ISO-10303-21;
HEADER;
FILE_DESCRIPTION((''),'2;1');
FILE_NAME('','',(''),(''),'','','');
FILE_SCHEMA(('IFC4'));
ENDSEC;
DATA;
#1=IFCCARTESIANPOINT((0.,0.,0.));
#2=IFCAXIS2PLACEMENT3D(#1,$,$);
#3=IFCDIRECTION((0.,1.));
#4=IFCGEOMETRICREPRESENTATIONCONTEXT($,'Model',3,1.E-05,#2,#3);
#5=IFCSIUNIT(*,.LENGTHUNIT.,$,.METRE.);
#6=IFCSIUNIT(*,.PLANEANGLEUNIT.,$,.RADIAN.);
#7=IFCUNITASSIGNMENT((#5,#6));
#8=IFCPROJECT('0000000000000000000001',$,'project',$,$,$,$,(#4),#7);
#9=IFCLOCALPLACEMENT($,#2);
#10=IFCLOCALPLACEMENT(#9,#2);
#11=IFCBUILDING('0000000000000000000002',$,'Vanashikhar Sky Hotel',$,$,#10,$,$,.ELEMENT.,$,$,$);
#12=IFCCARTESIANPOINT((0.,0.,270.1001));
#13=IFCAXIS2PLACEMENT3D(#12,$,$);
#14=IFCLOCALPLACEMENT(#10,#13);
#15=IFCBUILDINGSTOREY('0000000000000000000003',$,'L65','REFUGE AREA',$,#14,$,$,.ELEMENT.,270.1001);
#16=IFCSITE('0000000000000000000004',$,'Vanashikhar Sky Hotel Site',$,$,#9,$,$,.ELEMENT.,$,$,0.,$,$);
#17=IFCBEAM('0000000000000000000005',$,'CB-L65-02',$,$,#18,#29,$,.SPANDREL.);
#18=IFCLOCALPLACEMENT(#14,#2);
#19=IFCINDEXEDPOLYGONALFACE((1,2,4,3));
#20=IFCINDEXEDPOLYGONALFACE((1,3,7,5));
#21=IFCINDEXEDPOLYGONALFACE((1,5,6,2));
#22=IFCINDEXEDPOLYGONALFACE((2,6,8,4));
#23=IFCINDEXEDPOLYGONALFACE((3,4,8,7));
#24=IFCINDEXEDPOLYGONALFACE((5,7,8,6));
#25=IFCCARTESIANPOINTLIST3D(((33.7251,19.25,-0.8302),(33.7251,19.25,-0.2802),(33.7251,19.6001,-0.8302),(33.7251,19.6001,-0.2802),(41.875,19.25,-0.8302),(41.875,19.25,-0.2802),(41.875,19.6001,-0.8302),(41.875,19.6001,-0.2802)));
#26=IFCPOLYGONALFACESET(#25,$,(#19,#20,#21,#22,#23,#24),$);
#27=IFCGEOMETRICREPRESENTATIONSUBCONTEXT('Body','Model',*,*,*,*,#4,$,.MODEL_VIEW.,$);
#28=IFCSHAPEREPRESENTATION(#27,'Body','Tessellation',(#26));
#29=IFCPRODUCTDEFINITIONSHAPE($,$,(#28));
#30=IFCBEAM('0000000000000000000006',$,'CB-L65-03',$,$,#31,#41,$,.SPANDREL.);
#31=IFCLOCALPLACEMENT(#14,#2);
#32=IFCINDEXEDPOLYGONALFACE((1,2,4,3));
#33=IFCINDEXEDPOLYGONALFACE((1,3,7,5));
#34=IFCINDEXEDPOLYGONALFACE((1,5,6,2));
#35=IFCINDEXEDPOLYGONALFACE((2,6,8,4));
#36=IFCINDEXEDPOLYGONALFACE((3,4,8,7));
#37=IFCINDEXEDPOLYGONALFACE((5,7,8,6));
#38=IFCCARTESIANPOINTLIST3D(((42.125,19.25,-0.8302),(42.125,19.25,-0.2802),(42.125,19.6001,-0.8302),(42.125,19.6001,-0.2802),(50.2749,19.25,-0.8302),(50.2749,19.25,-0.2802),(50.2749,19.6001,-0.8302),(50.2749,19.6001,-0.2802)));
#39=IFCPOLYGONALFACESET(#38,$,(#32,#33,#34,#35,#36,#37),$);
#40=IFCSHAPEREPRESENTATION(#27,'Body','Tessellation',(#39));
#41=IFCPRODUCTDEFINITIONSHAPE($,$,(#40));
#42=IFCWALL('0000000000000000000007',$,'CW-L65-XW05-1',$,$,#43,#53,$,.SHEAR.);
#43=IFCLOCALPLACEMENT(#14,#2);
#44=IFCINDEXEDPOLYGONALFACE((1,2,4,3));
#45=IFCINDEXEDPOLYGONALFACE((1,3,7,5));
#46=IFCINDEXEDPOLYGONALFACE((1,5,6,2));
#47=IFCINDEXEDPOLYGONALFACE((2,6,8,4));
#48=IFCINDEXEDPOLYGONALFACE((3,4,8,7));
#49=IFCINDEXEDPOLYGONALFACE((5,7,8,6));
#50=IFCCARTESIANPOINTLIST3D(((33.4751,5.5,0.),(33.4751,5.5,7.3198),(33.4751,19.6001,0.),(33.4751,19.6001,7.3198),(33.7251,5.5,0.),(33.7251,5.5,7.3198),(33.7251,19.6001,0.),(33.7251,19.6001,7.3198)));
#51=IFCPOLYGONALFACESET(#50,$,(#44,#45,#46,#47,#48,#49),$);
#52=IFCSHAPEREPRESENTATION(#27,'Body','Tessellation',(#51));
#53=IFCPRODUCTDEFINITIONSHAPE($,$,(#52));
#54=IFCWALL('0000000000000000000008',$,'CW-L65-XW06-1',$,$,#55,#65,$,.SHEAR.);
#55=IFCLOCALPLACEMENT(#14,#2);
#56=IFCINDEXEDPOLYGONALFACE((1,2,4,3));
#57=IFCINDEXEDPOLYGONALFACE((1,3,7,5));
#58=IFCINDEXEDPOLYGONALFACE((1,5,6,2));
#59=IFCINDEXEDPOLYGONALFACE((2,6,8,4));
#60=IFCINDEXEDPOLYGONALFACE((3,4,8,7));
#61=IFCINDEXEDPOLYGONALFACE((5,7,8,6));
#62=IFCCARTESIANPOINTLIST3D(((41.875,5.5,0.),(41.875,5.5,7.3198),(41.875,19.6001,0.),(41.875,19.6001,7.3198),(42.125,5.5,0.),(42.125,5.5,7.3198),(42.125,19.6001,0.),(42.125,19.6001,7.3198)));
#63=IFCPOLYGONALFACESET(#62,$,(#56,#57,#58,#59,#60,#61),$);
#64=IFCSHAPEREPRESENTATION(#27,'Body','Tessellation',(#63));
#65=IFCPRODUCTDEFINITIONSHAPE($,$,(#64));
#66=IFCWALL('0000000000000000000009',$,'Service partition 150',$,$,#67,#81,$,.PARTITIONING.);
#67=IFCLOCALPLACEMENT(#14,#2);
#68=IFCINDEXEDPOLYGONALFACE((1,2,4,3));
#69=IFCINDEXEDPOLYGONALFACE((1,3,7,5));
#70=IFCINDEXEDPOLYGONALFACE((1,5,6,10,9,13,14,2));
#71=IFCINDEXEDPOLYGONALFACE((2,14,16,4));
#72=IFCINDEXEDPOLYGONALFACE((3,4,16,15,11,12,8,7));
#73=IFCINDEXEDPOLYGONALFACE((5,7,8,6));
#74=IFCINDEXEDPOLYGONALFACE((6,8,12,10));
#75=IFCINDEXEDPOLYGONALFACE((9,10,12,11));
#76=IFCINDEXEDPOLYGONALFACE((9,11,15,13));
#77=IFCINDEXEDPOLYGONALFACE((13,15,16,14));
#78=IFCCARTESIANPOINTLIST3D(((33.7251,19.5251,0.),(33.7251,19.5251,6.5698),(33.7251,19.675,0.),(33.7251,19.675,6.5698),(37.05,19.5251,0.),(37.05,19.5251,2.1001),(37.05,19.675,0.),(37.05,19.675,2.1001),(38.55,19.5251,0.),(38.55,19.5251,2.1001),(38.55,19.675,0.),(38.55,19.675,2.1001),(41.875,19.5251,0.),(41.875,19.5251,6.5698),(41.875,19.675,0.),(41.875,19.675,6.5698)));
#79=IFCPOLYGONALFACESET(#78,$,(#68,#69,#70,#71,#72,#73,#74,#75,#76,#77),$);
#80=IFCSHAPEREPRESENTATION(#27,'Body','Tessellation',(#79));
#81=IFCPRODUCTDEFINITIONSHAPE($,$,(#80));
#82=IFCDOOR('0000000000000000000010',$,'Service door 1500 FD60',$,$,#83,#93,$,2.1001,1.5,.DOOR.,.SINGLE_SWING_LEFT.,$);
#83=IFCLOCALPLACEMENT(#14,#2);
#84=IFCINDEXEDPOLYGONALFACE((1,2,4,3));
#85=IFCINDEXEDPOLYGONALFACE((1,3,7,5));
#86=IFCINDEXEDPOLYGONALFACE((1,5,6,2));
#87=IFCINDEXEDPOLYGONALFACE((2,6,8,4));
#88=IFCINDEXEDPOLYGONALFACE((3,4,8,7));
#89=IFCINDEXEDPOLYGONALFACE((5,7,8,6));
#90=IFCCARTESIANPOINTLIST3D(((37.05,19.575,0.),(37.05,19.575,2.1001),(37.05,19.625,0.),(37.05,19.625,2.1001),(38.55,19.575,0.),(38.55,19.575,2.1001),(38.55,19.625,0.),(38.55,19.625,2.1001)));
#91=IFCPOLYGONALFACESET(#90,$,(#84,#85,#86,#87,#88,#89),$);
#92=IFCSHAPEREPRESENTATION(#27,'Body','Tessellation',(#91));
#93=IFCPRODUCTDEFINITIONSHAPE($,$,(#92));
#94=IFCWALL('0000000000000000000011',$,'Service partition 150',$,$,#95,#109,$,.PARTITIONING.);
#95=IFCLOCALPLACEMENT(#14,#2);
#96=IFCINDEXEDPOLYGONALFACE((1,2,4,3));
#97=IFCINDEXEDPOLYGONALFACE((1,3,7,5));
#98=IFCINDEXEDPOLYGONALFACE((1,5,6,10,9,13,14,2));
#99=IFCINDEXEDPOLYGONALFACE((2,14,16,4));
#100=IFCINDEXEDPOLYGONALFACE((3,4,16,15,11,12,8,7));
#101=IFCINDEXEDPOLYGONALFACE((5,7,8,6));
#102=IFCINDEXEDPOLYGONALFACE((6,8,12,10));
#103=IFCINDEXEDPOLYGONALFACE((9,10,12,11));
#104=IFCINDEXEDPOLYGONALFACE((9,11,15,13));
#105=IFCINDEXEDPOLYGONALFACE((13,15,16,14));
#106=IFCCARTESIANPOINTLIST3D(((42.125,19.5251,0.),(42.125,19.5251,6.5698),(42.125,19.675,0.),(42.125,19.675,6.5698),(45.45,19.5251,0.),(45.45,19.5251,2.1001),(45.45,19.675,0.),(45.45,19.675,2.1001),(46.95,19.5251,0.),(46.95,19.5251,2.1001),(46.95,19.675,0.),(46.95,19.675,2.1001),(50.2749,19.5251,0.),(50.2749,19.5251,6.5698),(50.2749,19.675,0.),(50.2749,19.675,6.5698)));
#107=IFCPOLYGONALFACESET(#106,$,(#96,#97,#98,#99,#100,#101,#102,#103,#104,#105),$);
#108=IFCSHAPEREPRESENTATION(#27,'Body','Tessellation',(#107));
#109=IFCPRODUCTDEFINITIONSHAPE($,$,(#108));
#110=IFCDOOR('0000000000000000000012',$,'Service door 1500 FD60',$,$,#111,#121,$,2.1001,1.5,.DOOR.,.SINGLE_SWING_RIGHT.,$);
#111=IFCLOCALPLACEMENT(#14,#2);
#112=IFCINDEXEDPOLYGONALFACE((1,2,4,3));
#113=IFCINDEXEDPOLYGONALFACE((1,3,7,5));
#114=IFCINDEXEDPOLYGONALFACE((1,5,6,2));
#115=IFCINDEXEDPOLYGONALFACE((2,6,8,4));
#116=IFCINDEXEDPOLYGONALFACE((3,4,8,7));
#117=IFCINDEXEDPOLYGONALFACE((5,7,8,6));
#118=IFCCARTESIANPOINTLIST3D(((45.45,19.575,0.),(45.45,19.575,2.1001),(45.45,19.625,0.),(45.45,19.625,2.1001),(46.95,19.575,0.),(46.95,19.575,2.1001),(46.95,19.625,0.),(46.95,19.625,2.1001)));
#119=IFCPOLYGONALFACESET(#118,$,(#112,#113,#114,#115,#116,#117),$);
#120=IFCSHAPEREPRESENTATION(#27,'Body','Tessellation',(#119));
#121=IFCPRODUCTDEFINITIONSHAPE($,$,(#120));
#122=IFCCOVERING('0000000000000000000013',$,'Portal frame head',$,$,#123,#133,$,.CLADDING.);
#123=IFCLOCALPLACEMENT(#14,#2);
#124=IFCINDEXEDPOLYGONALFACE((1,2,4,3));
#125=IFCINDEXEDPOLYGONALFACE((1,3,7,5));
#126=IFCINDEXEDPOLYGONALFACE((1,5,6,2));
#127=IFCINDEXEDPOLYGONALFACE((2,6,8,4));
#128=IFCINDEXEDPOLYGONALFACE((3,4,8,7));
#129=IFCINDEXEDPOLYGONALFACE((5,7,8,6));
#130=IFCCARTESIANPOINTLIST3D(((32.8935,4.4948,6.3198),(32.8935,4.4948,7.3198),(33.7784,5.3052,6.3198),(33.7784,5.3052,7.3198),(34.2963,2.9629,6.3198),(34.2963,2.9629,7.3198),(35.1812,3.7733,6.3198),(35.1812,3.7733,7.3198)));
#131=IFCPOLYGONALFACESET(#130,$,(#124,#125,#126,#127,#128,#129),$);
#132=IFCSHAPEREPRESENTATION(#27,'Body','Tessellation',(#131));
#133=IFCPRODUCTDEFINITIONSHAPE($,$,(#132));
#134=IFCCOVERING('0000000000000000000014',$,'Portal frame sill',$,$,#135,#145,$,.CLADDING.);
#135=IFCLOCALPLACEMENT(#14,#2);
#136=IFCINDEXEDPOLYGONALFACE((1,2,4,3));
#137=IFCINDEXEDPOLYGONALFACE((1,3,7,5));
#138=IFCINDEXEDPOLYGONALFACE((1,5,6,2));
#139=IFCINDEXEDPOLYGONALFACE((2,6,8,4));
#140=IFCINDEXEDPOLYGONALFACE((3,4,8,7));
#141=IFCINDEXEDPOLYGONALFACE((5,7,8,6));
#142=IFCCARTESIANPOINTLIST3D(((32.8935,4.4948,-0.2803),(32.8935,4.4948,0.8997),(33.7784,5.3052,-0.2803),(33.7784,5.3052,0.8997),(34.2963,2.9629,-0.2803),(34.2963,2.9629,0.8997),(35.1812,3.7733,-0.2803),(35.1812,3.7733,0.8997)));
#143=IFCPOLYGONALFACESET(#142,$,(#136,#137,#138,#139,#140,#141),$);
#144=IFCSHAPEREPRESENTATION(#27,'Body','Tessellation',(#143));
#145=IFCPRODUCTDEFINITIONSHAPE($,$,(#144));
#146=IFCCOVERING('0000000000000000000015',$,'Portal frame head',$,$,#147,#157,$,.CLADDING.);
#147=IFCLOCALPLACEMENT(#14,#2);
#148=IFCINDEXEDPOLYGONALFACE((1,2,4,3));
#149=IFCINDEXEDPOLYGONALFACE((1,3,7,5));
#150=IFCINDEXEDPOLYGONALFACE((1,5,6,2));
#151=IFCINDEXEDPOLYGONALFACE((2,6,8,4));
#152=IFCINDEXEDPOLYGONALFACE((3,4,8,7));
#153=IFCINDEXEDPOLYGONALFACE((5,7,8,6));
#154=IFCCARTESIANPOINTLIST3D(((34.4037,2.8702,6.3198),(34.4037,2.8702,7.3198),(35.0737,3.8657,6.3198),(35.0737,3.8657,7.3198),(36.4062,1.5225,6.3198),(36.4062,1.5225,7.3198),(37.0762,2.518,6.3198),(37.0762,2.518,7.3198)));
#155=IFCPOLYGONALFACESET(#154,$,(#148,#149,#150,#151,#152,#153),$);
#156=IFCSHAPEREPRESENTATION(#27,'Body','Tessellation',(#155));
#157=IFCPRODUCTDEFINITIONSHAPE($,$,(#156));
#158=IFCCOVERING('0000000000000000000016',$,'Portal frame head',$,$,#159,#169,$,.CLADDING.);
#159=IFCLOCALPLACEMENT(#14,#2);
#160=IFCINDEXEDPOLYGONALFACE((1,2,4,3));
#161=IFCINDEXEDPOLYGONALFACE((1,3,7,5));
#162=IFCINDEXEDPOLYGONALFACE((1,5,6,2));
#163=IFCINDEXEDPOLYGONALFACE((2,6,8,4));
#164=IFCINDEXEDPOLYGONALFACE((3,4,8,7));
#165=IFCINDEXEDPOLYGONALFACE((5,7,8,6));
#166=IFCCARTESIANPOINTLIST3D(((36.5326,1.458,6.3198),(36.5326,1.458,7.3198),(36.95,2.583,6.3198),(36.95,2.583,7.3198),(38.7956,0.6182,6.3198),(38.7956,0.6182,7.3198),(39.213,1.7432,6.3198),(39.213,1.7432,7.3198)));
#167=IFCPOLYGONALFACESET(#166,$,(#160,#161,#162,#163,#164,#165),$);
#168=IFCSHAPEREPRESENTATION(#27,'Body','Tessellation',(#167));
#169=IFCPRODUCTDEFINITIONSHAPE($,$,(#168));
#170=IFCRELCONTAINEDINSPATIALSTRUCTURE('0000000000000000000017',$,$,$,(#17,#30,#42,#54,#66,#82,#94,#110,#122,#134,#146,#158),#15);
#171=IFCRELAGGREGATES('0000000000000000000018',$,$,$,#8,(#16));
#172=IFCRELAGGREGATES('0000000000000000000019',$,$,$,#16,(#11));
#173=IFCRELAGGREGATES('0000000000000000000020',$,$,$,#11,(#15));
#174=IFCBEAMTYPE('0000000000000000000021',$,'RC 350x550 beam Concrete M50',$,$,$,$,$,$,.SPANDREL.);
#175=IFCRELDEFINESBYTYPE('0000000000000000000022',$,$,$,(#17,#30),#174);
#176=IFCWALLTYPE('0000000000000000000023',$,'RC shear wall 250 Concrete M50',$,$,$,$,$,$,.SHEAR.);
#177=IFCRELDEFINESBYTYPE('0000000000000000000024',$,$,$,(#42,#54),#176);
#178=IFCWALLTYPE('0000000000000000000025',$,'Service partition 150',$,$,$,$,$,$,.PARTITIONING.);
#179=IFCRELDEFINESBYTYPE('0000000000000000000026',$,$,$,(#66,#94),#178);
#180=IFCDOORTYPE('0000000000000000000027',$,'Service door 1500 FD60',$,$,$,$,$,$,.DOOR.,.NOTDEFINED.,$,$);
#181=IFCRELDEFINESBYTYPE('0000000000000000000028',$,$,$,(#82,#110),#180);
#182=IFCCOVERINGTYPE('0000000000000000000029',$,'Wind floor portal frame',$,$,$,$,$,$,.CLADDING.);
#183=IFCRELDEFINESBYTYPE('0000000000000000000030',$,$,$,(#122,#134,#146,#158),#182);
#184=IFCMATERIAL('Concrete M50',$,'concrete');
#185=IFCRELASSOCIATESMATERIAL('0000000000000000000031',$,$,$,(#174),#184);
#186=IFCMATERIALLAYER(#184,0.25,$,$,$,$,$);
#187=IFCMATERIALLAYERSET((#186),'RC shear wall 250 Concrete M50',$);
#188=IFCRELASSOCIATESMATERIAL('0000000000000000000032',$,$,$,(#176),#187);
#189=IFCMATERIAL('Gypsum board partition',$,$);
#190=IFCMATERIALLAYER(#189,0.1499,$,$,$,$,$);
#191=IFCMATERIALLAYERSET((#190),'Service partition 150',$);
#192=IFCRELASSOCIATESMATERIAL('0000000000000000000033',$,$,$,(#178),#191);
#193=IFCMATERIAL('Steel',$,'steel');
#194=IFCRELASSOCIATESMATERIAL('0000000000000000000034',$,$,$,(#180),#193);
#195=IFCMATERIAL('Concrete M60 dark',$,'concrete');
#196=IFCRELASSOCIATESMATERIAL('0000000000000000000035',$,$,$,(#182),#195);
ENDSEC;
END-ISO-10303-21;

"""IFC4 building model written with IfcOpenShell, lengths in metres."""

from ifc_helpers import new_model, si_unit, direction, frame, frame_2d, origin, origin_2d, place, context, subcontext, project, spatial, rectangle, extrude, source, transform, mapped, material, layer, layer_set, material_profile, profile_set, type_object, element, fill, save


model = new_model("IFC4")

# Units and contexts
model_context = context("Model", 3, precision=1e-05, world=origin(), true_north=direction((0.0, 1.0)))
body_context = subcontext(model_context, "Body", "Model", "MODEL_VIEW")
ifc_project = project(units=[si_unit("LENGTHUNIT", "METRE"), si_unit("PLANEANGLEUNIT", "RADIAN")], contexts=[model_context])

# Site, building, storey
site_placement = place(None, origin())
site = spatial("IfcSite", under=ifc_project, at=site_placement, Name="Vanashikhar Sky Hotel Site", CompositionType="ELEMENT", RefElevation=0.0)
building_placement = place(site_placement, origin())
building = spatial("IfcBuilding", under=site, at=building_placement, Name="Vanashikhar Sky Hotel", CompositionType="ELEMENT")
storey_placement = place(building_placement, frame((0.0, 0.0, 270.1001)))
storey = spatial("IfcBuildingStorey", under=building, at=storey_placement, Name="L65", Description="REFUGE AREA", CompositionType="ELEMENT", Elevation=270.1001)

# Beams
ifc_material_1 = material(Name="Concrete M50", Category="concrete")
ifc_material_profile = material_profile(ifc_material_1, rectangle(XDim=0.3501, YDim=0.55, at=origin_2d()))
ifc_profile_set = profile_set([ifc_material_profile], Name="RC 350x550 beam Concrete M50")
beam_type = type_object("IfcBeamType", Name="RC 350x550 beam Concrete M50", PredefinedType="SPANDREL", material=ifc_profile_set)
shared_shape_1 = source(origin(), body_context, "Body", "SweptSolid", [
    extrude(rectangle(XDim=0.3501, YDim=0.55, at=origin_2d()), origin(), (0.0, 0.0, 1.0), 8.1499),
])
for number, where, z_axis, x_axis, name in (
    (1, (33.7251, 19.425, -0.5552), (1.0, 0.0, 0.0), (0.0, 1.0, 0.0), "CB-L65-02"),
    (2, (42.125, 19.425, -0.5552), (1.0, 0.0, 0.0), (0.0, 1.0, 0.0), "CB-L65-03"),
):
    element("IfcBeam", number, at=place(storey_placement, frame(where, z_axis=z_axis, x_axis=x_axis)), inside=storey, type_object=beam_type, Name=name, PredefinedType="SPANDREL", context=body_context, shape_type="MappedRepresentation", body=[
        mapped(shared_shape_1, transform((0.0, 0.0, 0.0), scale=1.0)),
    ])

# Walls
ifc_layer_1 = layer(ifc_material_1, 0.25)
ifc_layer_set_1 = layer_set([ifc_layer_1], Name="RC shear wall 250 Concrete M50")
wall_type_1 = type_object("IfcWallType", Name="RC shear wall 250 Concrete M50", PredefinedType="SHEAR", material=ifc_layer_set_1)
shared_shape_2 = source(origin(), body_context, "Body", "SweptSolid", [
    extrude(rectangle(XDim=14.1001, YDim=0.25, at=frame_2d((7.05, 0.0))), origin(), (0.0, 0.0, 1.0), 7.3198),
])
for number, where, z_axis, x_axis, name in (
    (3, (33.6001, 5.5, 0.0), (0.0, 0.0, 1.0), (0.0, 1.0, 0.0), "CW-L65-XW05-1"),
    (4, (42.0, 5.5, 0.0), (0.0, 0.0, 1.0), (0.0, 1.0, 0.0), "CW-L65-XW06-1"),
):
    element("IfcWall", number, at=place(storey_placement, frame(where, z_axis=z_axis, x_axis=x_axis)), inside=storey, type_object=wall_type_1, Name=name, PredefinedType="SHEAR", context=body_context, shape_type="MappedRepresentation", body=[
        mapped(shared_shape_2, transform((0.0, 0.0, 0.0), scale=1.0)),
    ])

# Walls, openings, doors
ifc_material_2 = material(Name="Gypsum board partition")
ifc_layer_2 = layer(ifc_material_2, 0.1499)
ifc_layer_set_2 = layer_set([ifc_layer_2], Name="Service partition 150")
wall_type_2 = type_object("IfcWallType", Name="Service partition 150", PredefinedType="PARTITIONING", material=ifc_layer_set_2)
shared_shape_3 = source(origin(), body_context, "Body", "SweptSolid", [
    extrude(rectangle(XDim=8.1499, YDim=0.1499, at=frame_2d((4.075, 0.0))), origin(), (0.0, 0.0, 1.0), 6.5698),
])
wall_1_placement = place(storey_placement, frame((33.7251, 19.6001, 0.0), z_axis=(0.0, 0.0, 1.0), x_axis=(1.0, 0.0, 0.0)))
wall_1 = element("IfcWall", 5, at=wall_1_placement, inside=storey, type_object=wall_type_2, Name="Service partition 150", PredefinedType="PARTITIONING", context=body_context, shape_type="MappedRepresentation", body=[
    mapped(shared_shape_3, transform((0.0, 0.0, 0.0), scale=1.0)),
])
shared_shape_4 = source(origin(), body_context, "Body", "SweptSolid", [
    extrude(rectangle(XDim=1.5, YDim=2.1001, at=frame_2d((0.75, 1.05))), frame((0.0, 0.085, 0.0), z_axis=(0.0, -1.0, 0.0), x_axis=(1.0, 0.0, 0.0)), (0.0, 0.0, 1.0), 0.1699),
])
opening_1_placement = place(wall_1_placement, frame((3.325, 0.0, 0.0)))
opening_1 = element("IfcOpeningElement", 6, at=opening_1_placement, cuts=wall_1, PredefinedType="OPENING", context=body_context, shape_type="MappedRepresentation", body=[
    mapped(shared_shape_4, transform((0.0, 0.0, 0.0), scale=1.0)),
])
ifc_material_3 = material(Name="Steel", Category="steel")
door_type = type_object("IfcDoorType", Name="Service door 1500 FD60", OperationType="NOTDEFINED", PredefinedType="DOOR", material=ifc_material_3)
shared_shape_5 = source(origin(), body_context, "Body", "SweptSolid", [
    extrude(rectangle(XDim=1.5, YDim=2.1001, at=frame_2d((0.75, 1.05))), frame((0.0, 0.0249, 0.0), z_axis=(0.0, -1.0, 0.0), x_axis=(1.0, 0.0, 0.0)), (0.0, 0.0, 1.0), 0.05),
])
door_1_placement = place(opening_1_placement, origin())
door_1 = element("IfcDoor", 7, at=door_1_placement, inside=storey, type_object=door_type, Name="Service door 1500 FD60", OperationType="SINGLE_SWING_LEFT", OverallHeight=2.1001, OverallWidth=1.5, PredefinedType="DOOR", context=body_context, shape_type="MappedRepresentation", body=[
    mapped(shared_shape_5, transform((0.0, 0.0, 0.0), scale=1.0)),
])
fill(opening_1, door_1)
wall_2_placement = place(storey_placement, frame((42.125, 19.6001, 0.0), z_axis=(0.0, 0.0, 1.0), x_axis=(1.0, 0.0, 0.0)))
wall_2 = element("IfcWall", 8, at=wall_2_placement, inside=storey, type_object=wall_type_2, Name="Service partition 150", PredefinedType="PARTITIONING", context=body_context, shape_type="MappedRepresentation", body=[
    mapped(shared_shape_3, transform((0.0, 0.0, 0.0), scale=1.0)),
])
opening_2_placement = place(wall_2_placement, frame((3.325, 0.0, 0.0)))
opening_2 = element("IfcOpeningElement", 9, at=opening_2_placement, cuts=wall_2, PredefinedType="OPENING", context=body_context, shape_type="MappedRepresentation", body=[
    mapped(shared_shape_4, transform((0.0, 0.0, 0.0), scale=1.0)),
])
door_2_placement = place(opening_2_placement, origin())
door_2 = element("IfcDoor", 10, at=door_2_placement, inside=storey, type_object=door_type, Name="Service door 1500 FD60", OperationType="SINGLE_SWING_RIGHT", OverallHeight=2.1001, OverallWidth=1.5, PredefinedType="DOOR", context=body_context, shape_type="MappedRepresentation", body=[
    mapped(shared_shape_5, transform((0.0, 0.0, 0.0), scale=1.0)),
])
fill(opening_2, door_2)

# Coverings
ifc_material_4 = material(Name="Concrete M60 dark", Category="concrete")
covering_type = type_object("IfcCoveringType", Name="Wind floor portal frame", PredefinedType="CLADDING", material=ifc_material_4)
shared_shape_6 = source(origin(), body_context, "Body", "SweptSolid", [
    extrude(rectangle(XDim=2.0771, YDim=1.2, at=origin_2d()), origin(), (0.0, 0.0, 1.0), 1.0),
])
covering_1_placement = place(storey_placement, frame((34.0374, 4.134, 6.3198), z_axis=(0.0, 0.0, 1.0), x_axis=(0.675346, -0.737501, 0.0)))
element("IfcCovering", 11, at=covering_1_placement, inside=storey, type_object=covering_type, Name="Portal frame head", PredefinedType="CLADDING", context=body_context, shape_type="MappedRepresentation", body=[
    mapped(shared_shape_6, transform((0.0, 0.0, 0.0), scale=1.0)),
])
shared_shape_7 = source(origin(), body_context, "Body", "SweptSolid", [
    extrude(rectangle(XDim=2.0771, YDim=1.2, at=origin_2d()), origin(), (0.0, 0.0, 1.0), 1.1799),
])
covering_2_placement = place(storey_placement, frame((34.0374, 4.134, -0.2803), z_axis=(0.0, 0.0, 1.0), x_axis=(0.675346, -0.737501, 0.0)))
element("IfcCovering", 12, at=covering_2_placement, inside=storey, type_object=covering_type, Name="Portal frame sill", PredefinedType="CLADDING", context=body_context, shape_type="MappedRepresentation", body=[
    mapped(shared_shape_7, transform((0.0, 0.0, 0.0), scale=1.0)),
])
shared_shape_8 = source(origin(), body_context, "Body", "SweptSolid", [
    extrude(rectangle(XDim=2.4138, YDim=1.2, at=origin_2d()), origin(), (0.0, 0.0, 1.0), 1.0),
])
for number, where, z_axis, x_axis, name in (
    (13, (35.74, 2.6941, 6.3198), (0.0, 0.0, 1.0), (0.829603, -0.558353, 0.0), "Portal frame head"),
    (14, (37.8728, 1.6006, 6.3198), (0.0, 0.0, 1.0), (0.937531, -0.347901, 0.0), "Portal frame head"),
):
    element("IfcCovering", number, at=place(storey_placement, frame(where, z_axis=z_axis, x_axis=x_axis)), inside=storey, type_object=covering_type, Name=name, PredefinedType="CLADDING", context=body_context, shape_type="MappedRepresentation", body=[
        mapped(shared_shape_8, transform((0.0, 0.0, 0.0), scale=1.0)),
    ])

save(model, "model.ifc")
